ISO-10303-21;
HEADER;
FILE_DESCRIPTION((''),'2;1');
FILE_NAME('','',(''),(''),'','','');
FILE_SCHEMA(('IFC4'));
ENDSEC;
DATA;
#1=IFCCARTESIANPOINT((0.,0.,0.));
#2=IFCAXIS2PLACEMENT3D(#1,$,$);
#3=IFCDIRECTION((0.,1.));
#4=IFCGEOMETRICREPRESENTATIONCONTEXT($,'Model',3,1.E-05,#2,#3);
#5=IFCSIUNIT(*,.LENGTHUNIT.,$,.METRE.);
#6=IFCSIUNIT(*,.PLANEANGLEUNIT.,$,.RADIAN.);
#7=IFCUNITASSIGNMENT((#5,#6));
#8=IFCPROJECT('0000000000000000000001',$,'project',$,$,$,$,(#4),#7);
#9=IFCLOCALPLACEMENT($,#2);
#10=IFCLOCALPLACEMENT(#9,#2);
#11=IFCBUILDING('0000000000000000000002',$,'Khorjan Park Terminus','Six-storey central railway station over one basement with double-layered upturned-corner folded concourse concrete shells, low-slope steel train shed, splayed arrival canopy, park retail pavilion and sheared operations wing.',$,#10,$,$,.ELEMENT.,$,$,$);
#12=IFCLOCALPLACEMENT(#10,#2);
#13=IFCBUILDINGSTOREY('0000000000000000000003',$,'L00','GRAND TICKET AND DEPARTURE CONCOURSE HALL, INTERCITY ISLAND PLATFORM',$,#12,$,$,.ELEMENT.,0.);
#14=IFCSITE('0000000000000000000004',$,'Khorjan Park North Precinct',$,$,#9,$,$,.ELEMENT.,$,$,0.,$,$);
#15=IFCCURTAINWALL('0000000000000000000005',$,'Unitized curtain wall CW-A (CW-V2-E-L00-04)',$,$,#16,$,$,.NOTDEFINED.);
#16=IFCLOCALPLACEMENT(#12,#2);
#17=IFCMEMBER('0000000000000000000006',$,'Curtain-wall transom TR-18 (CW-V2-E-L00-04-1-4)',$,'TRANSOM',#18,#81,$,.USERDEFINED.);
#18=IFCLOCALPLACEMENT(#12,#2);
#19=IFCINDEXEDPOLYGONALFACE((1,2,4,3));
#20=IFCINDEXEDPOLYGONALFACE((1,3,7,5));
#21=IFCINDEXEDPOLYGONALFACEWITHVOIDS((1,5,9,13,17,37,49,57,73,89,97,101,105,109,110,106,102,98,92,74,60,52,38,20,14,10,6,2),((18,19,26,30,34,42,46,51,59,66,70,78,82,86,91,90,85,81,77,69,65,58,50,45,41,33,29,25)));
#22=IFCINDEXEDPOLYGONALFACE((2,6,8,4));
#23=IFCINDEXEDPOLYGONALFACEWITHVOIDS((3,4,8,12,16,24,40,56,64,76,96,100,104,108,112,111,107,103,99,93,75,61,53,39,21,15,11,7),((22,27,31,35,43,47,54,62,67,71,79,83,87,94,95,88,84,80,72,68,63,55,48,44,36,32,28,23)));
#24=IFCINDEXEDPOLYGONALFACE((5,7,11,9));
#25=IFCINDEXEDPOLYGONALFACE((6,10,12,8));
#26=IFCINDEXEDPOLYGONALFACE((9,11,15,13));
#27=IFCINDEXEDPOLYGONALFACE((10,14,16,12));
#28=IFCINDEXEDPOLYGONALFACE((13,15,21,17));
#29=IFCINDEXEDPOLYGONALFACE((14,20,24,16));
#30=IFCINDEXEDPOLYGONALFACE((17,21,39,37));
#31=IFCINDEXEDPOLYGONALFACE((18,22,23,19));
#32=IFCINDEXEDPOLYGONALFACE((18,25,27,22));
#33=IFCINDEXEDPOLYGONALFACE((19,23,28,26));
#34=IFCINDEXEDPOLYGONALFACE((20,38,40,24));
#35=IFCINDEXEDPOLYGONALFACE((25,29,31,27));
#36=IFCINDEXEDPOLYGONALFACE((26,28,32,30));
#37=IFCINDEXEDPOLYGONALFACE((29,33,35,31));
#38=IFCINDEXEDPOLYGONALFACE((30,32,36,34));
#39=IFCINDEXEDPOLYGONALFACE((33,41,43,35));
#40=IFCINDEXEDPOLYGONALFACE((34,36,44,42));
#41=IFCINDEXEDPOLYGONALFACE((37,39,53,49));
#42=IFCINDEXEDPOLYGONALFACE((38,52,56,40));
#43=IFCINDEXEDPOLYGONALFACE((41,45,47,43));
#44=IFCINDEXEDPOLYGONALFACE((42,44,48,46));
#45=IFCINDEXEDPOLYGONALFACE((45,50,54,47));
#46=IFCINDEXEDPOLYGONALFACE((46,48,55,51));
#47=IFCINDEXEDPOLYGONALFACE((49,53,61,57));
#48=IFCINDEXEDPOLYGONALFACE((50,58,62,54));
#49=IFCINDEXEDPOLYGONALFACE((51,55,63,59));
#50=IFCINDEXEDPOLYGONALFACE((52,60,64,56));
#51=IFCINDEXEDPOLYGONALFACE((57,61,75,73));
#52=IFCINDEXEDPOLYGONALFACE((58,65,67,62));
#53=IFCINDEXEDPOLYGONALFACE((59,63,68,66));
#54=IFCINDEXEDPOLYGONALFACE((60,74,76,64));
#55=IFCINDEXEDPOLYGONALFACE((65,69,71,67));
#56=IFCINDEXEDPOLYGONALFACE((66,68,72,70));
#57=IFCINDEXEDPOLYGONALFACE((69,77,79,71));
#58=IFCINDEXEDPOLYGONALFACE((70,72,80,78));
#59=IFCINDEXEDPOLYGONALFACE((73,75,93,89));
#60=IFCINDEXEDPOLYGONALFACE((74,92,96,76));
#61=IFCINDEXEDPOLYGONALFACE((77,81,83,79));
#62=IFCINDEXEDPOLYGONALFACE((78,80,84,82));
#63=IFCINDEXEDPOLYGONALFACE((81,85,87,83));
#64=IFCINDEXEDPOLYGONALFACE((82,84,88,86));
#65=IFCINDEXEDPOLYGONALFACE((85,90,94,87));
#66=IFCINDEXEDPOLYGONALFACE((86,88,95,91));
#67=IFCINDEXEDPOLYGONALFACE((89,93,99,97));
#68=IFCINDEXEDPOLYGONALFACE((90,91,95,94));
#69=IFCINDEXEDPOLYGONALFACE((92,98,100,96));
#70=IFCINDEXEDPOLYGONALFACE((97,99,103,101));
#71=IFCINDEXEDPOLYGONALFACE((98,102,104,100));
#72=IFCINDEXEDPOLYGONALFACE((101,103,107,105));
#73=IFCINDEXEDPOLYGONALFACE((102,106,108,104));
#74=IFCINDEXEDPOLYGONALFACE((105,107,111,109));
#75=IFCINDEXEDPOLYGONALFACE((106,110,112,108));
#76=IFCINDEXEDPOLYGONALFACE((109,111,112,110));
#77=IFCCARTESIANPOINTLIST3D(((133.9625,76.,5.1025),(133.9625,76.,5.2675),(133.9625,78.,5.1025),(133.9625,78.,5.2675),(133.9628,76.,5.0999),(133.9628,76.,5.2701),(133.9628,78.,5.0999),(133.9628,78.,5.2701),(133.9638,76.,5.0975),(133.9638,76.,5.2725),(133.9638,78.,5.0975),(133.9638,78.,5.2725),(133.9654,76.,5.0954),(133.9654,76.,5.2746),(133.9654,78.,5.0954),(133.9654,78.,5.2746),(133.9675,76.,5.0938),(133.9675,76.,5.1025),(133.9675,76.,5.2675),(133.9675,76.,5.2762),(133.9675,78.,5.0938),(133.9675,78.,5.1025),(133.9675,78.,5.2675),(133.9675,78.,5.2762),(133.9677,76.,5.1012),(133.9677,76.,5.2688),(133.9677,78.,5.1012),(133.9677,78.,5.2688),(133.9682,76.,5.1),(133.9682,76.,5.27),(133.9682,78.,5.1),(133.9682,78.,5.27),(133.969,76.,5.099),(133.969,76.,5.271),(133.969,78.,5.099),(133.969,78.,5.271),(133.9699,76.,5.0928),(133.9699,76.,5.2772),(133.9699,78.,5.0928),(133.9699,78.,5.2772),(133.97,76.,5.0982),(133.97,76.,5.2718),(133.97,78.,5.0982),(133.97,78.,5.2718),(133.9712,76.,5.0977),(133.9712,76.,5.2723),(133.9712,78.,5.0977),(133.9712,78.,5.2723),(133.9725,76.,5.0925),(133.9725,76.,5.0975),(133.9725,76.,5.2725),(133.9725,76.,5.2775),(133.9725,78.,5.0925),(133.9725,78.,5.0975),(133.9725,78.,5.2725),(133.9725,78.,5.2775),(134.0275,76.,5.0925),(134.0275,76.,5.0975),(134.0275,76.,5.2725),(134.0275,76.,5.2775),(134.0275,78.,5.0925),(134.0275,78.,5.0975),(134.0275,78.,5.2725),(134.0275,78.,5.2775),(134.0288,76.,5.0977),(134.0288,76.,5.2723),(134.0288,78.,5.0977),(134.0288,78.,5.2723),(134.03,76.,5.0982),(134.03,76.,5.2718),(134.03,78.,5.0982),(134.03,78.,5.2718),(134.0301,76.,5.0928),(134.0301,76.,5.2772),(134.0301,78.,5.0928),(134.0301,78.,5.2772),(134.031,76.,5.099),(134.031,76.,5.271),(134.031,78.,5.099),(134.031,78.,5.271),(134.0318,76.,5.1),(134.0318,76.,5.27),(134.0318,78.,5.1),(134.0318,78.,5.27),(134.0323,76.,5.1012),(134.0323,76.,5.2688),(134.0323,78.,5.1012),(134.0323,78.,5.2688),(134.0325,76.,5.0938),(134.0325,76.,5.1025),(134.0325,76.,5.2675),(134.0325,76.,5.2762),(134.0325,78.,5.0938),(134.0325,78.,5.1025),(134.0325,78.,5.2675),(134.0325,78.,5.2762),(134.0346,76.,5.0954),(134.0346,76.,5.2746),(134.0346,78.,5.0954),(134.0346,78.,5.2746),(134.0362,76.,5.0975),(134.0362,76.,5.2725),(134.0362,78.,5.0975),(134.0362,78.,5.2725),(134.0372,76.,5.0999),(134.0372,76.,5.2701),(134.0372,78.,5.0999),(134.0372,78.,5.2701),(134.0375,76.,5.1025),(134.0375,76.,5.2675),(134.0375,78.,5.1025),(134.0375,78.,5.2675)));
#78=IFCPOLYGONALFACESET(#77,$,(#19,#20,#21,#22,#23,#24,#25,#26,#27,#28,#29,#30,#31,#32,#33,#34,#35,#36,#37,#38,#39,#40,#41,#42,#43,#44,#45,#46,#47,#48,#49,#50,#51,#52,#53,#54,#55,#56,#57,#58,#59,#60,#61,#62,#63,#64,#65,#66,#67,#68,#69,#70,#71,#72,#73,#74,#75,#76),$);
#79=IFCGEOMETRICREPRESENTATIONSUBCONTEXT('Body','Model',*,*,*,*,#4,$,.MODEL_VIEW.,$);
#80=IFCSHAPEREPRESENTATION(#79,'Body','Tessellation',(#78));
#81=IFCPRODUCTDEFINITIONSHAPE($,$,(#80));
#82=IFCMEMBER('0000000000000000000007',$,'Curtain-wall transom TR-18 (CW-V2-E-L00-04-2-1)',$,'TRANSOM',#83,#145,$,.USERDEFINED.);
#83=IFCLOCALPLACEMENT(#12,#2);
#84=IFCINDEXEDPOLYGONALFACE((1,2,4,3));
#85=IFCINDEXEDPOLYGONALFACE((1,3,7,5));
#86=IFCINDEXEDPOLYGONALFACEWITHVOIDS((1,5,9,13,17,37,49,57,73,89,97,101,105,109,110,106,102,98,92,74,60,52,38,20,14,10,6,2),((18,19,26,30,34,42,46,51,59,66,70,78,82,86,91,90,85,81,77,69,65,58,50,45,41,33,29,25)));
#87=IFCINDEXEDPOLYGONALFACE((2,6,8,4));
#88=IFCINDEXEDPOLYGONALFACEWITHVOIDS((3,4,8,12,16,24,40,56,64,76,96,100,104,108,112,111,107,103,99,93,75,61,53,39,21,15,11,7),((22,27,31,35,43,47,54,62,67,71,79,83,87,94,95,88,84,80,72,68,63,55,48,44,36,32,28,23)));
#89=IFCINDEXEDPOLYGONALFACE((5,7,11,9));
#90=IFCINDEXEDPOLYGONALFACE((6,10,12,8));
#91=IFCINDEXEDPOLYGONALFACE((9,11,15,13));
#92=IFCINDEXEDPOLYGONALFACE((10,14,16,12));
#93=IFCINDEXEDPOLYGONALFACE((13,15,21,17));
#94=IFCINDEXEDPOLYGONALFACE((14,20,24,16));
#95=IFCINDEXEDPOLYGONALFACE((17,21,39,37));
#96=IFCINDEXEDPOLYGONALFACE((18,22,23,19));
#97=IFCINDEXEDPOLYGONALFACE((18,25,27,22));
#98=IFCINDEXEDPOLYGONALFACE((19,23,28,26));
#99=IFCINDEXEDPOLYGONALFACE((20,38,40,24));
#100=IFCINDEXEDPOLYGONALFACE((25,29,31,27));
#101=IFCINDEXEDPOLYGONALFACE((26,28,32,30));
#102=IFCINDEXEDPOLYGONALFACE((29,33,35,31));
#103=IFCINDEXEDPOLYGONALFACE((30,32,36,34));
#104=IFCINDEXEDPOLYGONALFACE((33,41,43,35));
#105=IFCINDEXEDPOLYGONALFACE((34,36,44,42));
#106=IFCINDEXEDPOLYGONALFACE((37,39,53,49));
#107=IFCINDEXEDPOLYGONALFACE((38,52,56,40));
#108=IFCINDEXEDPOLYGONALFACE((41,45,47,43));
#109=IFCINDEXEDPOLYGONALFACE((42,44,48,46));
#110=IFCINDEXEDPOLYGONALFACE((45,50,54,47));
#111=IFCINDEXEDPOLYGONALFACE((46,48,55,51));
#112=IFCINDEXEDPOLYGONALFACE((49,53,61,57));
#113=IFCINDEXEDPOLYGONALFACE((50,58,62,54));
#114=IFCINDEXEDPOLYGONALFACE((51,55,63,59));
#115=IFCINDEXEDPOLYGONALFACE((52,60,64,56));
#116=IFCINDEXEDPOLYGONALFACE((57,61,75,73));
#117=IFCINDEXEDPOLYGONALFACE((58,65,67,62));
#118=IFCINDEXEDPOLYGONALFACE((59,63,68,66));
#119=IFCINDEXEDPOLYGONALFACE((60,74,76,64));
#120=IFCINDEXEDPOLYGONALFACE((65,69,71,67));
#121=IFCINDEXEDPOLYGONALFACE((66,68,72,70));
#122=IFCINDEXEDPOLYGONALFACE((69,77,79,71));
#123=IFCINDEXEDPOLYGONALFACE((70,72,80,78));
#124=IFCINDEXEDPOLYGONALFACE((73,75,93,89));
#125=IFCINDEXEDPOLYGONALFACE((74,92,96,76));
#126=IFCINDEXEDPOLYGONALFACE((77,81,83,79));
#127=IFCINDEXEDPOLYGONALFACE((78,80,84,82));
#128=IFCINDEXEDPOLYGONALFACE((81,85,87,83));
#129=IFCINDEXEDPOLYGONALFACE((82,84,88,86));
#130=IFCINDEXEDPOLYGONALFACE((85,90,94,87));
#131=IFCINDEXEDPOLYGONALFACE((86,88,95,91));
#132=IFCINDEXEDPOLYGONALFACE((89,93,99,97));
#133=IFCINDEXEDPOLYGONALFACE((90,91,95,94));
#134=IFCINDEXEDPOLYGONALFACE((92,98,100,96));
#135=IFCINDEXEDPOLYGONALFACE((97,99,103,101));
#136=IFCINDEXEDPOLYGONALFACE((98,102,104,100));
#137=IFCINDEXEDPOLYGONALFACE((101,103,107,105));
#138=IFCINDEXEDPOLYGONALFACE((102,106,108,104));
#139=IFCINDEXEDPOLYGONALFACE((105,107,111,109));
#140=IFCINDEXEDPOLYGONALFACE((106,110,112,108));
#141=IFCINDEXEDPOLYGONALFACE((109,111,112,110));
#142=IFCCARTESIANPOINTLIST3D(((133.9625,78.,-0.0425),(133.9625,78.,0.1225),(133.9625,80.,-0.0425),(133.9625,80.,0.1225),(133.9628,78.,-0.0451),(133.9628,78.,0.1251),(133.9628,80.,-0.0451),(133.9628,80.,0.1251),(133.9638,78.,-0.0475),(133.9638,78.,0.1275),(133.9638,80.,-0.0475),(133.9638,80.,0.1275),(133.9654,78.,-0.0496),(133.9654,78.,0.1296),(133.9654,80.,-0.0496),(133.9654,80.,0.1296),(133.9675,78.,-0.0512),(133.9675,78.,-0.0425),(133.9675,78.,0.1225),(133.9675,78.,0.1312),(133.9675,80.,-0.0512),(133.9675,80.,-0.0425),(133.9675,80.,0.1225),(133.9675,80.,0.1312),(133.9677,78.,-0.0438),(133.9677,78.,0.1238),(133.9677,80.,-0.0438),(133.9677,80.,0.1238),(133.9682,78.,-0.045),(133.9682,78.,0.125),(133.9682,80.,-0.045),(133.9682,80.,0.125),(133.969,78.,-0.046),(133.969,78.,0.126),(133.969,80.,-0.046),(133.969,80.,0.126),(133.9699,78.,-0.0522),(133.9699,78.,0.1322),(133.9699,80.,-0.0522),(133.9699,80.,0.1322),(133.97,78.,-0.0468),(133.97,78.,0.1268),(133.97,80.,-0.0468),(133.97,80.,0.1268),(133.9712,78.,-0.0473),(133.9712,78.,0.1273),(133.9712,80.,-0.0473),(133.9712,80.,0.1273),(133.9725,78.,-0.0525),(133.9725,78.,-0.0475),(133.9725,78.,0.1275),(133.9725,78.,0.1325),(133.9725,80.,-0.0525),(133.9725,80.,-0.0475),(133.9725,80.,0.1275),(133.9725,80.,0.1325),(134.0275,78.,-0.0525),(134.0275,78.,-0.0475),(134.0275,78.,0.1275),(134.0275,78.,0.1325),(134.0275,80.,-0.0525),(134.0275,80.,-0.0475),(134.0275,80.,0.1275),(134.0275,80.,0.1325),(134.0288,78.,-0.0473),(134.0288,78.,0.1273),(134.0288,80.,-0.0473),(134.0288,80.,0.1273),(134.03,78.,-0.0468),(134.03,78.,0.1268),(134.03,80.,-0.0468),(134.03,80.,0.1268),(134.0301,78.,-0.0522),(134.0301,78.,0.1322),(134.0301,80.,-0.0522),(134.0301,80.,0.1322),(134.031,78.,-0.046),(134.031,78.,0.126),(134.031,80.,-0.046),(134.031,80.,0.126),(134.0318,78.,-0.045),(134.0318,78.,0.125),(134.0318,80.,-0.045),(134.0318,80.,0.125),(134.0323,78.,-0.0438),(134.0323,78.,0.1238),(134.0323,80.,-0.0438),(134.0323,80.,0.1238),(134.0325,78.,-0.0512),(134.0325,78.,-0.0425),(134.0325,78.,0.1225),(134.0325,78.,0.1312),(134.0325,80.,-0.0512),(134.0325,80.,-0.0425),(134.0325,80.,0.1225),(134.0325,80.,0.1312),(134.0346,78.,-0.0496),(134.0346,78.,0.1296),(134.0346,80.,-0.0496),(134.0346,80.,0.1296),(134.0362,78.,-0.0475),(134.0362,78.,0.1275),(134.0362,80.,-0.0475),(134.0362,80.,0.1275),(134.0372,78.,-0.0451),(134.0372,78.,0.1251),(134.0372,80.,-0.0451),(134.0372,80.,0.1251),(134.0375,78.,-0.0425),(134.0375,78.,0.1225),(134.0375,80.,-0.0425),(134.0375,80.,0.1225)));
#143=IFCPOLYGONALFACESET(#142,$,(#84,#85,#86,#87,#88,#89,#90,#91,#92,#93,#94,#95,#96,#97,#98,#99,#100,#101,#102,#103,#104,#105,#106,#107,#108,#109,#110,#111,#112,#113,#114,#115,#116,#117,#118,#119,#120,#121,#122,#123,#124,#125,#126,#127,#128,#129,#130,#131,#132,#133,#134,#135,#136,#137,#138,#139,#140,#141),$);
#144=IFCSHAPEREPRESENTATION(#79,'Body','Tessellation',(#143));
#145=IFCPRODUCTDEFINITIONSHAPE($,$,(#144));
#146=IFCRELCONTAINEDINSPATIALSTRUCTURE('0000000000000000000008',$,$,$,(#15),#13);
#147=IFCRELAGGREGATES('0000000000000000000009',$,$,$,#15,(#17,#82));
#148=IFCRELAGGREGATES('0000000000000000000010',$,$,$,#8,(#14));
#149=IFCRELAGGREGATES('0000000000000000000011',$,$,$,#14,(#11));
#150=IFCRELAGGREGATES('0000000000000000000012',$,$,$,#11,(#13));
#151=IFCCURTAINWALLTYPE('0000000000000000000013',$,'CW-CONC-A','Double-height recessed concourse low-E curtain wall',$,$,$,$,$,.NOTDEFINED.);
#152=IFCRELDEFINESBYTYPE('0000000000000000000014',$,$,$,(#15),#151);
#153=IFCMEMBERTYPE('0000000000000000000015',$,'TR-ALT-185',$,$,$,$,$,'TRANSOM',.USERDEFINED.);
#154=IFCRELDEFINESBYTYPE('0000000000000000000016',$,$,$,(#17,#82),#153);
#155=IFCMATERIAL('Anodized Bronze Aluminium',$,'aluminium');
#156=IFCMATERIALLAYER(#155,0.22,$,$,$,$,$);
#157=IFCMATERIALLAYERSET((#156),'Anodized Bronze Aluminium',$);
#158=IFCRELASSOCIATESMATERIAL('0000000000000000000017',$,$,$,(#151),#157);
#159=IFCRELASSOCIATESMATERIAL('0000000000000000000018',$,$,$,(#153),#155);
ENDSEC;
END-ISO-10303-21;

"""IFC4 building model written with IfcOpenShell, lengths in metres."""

from ifc_helpers import new_model, si_unit, direction, frame, origin, origin_2d, place, context, subcontext, project, spatial, hollow_rectangle, extrude, material, layer, layer_set, material_profile, profile_set, type_object, element, aggregate, save


model = new_model("IFC4")

# Units and contexts
model_context = context("Model", 3, precision=1e-05, world=origin(), true_north=direction((0.0, 1.0)))
body_context = subcontext(model_context, "Body", "Model", "MODEL_VIEW")
ifc_project = project(units=[si_unit("LENGTHUNIT", "METRE"), si_unit("PLANEANGLEUNIT", "RADIAN")], contexts=[model_context])

# Site, building, storey
site_placement = place(None, origin())
site = spatial("IfcSite", under=ifc_project, at=site_placement, Name="Khorjan Park North Precinct", CompositionType="ELEMENT", RefElevation=0.0)
building_placement = place(site_placement, origin())
building = spatial("IfcBuilding", under=site, at=building_placement, Name="Khorjan Park Terminus", Description="Six-storey central railway station over one basement with double-layered upturned-corner folded concourse concrete shells, low-slope steel train shed, splayed arrival canopy, park retail pavilion and sheared operations wing.", CompositionType="ELEMENT")
storey_placement = place(building_placement, origin())
storey = spatial("IfcBuildingStorey", under=building, at=storey_placement, Name="L00", Description="GRAND TICKET AND DEPARTURE CONCOURSE HALL, INTERCITY ISLAND PLATFORM", CompositionType="ELEMENT", Elevation=0.0)

# Curtain wall, members
ifc_material_1 = material(Name="Anodized Bronze Aluminium", Category="aluminium")
ifc_layer_1 = layer(ifc_material_1, 0.22)
ifc_layer_set_1 = layer_set([ifc_layer_1], Name="Anodized Bronze Aluminium")
curtain_wall_type = type_object("IfcCurtainWallType", Name="CW-CONC-A", Description="Double-height recessed concourse low-E curtain wall", PredefinedType="NOTDEFINED", material=ifc_layer_set_1)
curtain_wall_placement = place(storey_placement, origin())
curtain_wall = element("IfcCurtainWall", 1, at=curtain_wall_placement, inside=storey, type_object=curtain_wall_type, Name="Unitized curtain wall CW-A (CW-V2-E-L00-04)", PredefinedType="NOTDEFINED")
ifc_material_profile_1 = material_profile(ifc_material_1, hollow_rectangle(XDim=0.075, YDim=0.185, WallThickness=0.005, InnerFilletRadius=0.005, OuterFilletRadius=0.01, at=origin_2d()), Name="ALT 75x185x5")
ifc_profile_set_1 = profile_set([ifc_material_profile_1], Name="Anodized Bronze Aluminium")
member_type_1 = type_object("IfcMemberType", Name="TR-ALT-185", ElementType="TRANSOM", PredefinedType="USERDEFINED", material=ifc_profile_set_1)
member_1_placement = place(storey_placement, frame((134.0, 76.0, 5.185), z_axis=(0.0, 1.0, 0.0), x_axis=(-1.0, 0.0, 0.0)))
member_1 = element("IfcMember", 2, at=member_1_placement, type_object=member_type_1, Name="Curtain-wall transom TR-18 (CW-V2-E-L00-04-1-4)", ObjectType="TRANSOM", PredefinedType="USERDEFINED", context=body_context, shape_type="SweptSolid", body=[
    extrude(hollow_rectangle(XDim=0.075, YDim=0.185, WallThickness=0.005, InnerFilletRadius=0.005, OuterFilletRadius=0.01, at=origin_2d()), origin(), (0.0, 0.0, 1.0), 2.0),
])
member_2_placement = place(storey_placement, frame((134.0, 78.0, 0.04), z_axis=(0.0, 1.0, 0.0), x_axis=(-1.0, 0.0, 0.0)))
member_2 = element("IfcMember", 3, at=member_2_placement, type_object=member_type_1, Name="Curtain-wall transom TR-18 (CW-V2-E-L00-04-2-1)", ObjectType="TRANSOM", PredefinedType="USERDEFINED", context=body_context, shape_type="SweptSolid", body=[
    extrude(hollow_rectangle(XDim=0.075, YDim=0.185, WallThickness=0.005, InnerFilletRadius=0.005, OuterFilletRadius=0.01, at=origin_2d()), origin(), (0.0, 0.0, 1.0), 2.0),
])
aggregate(curtain_wall, [member_1, member_2])

save(model, "model.ifc")
